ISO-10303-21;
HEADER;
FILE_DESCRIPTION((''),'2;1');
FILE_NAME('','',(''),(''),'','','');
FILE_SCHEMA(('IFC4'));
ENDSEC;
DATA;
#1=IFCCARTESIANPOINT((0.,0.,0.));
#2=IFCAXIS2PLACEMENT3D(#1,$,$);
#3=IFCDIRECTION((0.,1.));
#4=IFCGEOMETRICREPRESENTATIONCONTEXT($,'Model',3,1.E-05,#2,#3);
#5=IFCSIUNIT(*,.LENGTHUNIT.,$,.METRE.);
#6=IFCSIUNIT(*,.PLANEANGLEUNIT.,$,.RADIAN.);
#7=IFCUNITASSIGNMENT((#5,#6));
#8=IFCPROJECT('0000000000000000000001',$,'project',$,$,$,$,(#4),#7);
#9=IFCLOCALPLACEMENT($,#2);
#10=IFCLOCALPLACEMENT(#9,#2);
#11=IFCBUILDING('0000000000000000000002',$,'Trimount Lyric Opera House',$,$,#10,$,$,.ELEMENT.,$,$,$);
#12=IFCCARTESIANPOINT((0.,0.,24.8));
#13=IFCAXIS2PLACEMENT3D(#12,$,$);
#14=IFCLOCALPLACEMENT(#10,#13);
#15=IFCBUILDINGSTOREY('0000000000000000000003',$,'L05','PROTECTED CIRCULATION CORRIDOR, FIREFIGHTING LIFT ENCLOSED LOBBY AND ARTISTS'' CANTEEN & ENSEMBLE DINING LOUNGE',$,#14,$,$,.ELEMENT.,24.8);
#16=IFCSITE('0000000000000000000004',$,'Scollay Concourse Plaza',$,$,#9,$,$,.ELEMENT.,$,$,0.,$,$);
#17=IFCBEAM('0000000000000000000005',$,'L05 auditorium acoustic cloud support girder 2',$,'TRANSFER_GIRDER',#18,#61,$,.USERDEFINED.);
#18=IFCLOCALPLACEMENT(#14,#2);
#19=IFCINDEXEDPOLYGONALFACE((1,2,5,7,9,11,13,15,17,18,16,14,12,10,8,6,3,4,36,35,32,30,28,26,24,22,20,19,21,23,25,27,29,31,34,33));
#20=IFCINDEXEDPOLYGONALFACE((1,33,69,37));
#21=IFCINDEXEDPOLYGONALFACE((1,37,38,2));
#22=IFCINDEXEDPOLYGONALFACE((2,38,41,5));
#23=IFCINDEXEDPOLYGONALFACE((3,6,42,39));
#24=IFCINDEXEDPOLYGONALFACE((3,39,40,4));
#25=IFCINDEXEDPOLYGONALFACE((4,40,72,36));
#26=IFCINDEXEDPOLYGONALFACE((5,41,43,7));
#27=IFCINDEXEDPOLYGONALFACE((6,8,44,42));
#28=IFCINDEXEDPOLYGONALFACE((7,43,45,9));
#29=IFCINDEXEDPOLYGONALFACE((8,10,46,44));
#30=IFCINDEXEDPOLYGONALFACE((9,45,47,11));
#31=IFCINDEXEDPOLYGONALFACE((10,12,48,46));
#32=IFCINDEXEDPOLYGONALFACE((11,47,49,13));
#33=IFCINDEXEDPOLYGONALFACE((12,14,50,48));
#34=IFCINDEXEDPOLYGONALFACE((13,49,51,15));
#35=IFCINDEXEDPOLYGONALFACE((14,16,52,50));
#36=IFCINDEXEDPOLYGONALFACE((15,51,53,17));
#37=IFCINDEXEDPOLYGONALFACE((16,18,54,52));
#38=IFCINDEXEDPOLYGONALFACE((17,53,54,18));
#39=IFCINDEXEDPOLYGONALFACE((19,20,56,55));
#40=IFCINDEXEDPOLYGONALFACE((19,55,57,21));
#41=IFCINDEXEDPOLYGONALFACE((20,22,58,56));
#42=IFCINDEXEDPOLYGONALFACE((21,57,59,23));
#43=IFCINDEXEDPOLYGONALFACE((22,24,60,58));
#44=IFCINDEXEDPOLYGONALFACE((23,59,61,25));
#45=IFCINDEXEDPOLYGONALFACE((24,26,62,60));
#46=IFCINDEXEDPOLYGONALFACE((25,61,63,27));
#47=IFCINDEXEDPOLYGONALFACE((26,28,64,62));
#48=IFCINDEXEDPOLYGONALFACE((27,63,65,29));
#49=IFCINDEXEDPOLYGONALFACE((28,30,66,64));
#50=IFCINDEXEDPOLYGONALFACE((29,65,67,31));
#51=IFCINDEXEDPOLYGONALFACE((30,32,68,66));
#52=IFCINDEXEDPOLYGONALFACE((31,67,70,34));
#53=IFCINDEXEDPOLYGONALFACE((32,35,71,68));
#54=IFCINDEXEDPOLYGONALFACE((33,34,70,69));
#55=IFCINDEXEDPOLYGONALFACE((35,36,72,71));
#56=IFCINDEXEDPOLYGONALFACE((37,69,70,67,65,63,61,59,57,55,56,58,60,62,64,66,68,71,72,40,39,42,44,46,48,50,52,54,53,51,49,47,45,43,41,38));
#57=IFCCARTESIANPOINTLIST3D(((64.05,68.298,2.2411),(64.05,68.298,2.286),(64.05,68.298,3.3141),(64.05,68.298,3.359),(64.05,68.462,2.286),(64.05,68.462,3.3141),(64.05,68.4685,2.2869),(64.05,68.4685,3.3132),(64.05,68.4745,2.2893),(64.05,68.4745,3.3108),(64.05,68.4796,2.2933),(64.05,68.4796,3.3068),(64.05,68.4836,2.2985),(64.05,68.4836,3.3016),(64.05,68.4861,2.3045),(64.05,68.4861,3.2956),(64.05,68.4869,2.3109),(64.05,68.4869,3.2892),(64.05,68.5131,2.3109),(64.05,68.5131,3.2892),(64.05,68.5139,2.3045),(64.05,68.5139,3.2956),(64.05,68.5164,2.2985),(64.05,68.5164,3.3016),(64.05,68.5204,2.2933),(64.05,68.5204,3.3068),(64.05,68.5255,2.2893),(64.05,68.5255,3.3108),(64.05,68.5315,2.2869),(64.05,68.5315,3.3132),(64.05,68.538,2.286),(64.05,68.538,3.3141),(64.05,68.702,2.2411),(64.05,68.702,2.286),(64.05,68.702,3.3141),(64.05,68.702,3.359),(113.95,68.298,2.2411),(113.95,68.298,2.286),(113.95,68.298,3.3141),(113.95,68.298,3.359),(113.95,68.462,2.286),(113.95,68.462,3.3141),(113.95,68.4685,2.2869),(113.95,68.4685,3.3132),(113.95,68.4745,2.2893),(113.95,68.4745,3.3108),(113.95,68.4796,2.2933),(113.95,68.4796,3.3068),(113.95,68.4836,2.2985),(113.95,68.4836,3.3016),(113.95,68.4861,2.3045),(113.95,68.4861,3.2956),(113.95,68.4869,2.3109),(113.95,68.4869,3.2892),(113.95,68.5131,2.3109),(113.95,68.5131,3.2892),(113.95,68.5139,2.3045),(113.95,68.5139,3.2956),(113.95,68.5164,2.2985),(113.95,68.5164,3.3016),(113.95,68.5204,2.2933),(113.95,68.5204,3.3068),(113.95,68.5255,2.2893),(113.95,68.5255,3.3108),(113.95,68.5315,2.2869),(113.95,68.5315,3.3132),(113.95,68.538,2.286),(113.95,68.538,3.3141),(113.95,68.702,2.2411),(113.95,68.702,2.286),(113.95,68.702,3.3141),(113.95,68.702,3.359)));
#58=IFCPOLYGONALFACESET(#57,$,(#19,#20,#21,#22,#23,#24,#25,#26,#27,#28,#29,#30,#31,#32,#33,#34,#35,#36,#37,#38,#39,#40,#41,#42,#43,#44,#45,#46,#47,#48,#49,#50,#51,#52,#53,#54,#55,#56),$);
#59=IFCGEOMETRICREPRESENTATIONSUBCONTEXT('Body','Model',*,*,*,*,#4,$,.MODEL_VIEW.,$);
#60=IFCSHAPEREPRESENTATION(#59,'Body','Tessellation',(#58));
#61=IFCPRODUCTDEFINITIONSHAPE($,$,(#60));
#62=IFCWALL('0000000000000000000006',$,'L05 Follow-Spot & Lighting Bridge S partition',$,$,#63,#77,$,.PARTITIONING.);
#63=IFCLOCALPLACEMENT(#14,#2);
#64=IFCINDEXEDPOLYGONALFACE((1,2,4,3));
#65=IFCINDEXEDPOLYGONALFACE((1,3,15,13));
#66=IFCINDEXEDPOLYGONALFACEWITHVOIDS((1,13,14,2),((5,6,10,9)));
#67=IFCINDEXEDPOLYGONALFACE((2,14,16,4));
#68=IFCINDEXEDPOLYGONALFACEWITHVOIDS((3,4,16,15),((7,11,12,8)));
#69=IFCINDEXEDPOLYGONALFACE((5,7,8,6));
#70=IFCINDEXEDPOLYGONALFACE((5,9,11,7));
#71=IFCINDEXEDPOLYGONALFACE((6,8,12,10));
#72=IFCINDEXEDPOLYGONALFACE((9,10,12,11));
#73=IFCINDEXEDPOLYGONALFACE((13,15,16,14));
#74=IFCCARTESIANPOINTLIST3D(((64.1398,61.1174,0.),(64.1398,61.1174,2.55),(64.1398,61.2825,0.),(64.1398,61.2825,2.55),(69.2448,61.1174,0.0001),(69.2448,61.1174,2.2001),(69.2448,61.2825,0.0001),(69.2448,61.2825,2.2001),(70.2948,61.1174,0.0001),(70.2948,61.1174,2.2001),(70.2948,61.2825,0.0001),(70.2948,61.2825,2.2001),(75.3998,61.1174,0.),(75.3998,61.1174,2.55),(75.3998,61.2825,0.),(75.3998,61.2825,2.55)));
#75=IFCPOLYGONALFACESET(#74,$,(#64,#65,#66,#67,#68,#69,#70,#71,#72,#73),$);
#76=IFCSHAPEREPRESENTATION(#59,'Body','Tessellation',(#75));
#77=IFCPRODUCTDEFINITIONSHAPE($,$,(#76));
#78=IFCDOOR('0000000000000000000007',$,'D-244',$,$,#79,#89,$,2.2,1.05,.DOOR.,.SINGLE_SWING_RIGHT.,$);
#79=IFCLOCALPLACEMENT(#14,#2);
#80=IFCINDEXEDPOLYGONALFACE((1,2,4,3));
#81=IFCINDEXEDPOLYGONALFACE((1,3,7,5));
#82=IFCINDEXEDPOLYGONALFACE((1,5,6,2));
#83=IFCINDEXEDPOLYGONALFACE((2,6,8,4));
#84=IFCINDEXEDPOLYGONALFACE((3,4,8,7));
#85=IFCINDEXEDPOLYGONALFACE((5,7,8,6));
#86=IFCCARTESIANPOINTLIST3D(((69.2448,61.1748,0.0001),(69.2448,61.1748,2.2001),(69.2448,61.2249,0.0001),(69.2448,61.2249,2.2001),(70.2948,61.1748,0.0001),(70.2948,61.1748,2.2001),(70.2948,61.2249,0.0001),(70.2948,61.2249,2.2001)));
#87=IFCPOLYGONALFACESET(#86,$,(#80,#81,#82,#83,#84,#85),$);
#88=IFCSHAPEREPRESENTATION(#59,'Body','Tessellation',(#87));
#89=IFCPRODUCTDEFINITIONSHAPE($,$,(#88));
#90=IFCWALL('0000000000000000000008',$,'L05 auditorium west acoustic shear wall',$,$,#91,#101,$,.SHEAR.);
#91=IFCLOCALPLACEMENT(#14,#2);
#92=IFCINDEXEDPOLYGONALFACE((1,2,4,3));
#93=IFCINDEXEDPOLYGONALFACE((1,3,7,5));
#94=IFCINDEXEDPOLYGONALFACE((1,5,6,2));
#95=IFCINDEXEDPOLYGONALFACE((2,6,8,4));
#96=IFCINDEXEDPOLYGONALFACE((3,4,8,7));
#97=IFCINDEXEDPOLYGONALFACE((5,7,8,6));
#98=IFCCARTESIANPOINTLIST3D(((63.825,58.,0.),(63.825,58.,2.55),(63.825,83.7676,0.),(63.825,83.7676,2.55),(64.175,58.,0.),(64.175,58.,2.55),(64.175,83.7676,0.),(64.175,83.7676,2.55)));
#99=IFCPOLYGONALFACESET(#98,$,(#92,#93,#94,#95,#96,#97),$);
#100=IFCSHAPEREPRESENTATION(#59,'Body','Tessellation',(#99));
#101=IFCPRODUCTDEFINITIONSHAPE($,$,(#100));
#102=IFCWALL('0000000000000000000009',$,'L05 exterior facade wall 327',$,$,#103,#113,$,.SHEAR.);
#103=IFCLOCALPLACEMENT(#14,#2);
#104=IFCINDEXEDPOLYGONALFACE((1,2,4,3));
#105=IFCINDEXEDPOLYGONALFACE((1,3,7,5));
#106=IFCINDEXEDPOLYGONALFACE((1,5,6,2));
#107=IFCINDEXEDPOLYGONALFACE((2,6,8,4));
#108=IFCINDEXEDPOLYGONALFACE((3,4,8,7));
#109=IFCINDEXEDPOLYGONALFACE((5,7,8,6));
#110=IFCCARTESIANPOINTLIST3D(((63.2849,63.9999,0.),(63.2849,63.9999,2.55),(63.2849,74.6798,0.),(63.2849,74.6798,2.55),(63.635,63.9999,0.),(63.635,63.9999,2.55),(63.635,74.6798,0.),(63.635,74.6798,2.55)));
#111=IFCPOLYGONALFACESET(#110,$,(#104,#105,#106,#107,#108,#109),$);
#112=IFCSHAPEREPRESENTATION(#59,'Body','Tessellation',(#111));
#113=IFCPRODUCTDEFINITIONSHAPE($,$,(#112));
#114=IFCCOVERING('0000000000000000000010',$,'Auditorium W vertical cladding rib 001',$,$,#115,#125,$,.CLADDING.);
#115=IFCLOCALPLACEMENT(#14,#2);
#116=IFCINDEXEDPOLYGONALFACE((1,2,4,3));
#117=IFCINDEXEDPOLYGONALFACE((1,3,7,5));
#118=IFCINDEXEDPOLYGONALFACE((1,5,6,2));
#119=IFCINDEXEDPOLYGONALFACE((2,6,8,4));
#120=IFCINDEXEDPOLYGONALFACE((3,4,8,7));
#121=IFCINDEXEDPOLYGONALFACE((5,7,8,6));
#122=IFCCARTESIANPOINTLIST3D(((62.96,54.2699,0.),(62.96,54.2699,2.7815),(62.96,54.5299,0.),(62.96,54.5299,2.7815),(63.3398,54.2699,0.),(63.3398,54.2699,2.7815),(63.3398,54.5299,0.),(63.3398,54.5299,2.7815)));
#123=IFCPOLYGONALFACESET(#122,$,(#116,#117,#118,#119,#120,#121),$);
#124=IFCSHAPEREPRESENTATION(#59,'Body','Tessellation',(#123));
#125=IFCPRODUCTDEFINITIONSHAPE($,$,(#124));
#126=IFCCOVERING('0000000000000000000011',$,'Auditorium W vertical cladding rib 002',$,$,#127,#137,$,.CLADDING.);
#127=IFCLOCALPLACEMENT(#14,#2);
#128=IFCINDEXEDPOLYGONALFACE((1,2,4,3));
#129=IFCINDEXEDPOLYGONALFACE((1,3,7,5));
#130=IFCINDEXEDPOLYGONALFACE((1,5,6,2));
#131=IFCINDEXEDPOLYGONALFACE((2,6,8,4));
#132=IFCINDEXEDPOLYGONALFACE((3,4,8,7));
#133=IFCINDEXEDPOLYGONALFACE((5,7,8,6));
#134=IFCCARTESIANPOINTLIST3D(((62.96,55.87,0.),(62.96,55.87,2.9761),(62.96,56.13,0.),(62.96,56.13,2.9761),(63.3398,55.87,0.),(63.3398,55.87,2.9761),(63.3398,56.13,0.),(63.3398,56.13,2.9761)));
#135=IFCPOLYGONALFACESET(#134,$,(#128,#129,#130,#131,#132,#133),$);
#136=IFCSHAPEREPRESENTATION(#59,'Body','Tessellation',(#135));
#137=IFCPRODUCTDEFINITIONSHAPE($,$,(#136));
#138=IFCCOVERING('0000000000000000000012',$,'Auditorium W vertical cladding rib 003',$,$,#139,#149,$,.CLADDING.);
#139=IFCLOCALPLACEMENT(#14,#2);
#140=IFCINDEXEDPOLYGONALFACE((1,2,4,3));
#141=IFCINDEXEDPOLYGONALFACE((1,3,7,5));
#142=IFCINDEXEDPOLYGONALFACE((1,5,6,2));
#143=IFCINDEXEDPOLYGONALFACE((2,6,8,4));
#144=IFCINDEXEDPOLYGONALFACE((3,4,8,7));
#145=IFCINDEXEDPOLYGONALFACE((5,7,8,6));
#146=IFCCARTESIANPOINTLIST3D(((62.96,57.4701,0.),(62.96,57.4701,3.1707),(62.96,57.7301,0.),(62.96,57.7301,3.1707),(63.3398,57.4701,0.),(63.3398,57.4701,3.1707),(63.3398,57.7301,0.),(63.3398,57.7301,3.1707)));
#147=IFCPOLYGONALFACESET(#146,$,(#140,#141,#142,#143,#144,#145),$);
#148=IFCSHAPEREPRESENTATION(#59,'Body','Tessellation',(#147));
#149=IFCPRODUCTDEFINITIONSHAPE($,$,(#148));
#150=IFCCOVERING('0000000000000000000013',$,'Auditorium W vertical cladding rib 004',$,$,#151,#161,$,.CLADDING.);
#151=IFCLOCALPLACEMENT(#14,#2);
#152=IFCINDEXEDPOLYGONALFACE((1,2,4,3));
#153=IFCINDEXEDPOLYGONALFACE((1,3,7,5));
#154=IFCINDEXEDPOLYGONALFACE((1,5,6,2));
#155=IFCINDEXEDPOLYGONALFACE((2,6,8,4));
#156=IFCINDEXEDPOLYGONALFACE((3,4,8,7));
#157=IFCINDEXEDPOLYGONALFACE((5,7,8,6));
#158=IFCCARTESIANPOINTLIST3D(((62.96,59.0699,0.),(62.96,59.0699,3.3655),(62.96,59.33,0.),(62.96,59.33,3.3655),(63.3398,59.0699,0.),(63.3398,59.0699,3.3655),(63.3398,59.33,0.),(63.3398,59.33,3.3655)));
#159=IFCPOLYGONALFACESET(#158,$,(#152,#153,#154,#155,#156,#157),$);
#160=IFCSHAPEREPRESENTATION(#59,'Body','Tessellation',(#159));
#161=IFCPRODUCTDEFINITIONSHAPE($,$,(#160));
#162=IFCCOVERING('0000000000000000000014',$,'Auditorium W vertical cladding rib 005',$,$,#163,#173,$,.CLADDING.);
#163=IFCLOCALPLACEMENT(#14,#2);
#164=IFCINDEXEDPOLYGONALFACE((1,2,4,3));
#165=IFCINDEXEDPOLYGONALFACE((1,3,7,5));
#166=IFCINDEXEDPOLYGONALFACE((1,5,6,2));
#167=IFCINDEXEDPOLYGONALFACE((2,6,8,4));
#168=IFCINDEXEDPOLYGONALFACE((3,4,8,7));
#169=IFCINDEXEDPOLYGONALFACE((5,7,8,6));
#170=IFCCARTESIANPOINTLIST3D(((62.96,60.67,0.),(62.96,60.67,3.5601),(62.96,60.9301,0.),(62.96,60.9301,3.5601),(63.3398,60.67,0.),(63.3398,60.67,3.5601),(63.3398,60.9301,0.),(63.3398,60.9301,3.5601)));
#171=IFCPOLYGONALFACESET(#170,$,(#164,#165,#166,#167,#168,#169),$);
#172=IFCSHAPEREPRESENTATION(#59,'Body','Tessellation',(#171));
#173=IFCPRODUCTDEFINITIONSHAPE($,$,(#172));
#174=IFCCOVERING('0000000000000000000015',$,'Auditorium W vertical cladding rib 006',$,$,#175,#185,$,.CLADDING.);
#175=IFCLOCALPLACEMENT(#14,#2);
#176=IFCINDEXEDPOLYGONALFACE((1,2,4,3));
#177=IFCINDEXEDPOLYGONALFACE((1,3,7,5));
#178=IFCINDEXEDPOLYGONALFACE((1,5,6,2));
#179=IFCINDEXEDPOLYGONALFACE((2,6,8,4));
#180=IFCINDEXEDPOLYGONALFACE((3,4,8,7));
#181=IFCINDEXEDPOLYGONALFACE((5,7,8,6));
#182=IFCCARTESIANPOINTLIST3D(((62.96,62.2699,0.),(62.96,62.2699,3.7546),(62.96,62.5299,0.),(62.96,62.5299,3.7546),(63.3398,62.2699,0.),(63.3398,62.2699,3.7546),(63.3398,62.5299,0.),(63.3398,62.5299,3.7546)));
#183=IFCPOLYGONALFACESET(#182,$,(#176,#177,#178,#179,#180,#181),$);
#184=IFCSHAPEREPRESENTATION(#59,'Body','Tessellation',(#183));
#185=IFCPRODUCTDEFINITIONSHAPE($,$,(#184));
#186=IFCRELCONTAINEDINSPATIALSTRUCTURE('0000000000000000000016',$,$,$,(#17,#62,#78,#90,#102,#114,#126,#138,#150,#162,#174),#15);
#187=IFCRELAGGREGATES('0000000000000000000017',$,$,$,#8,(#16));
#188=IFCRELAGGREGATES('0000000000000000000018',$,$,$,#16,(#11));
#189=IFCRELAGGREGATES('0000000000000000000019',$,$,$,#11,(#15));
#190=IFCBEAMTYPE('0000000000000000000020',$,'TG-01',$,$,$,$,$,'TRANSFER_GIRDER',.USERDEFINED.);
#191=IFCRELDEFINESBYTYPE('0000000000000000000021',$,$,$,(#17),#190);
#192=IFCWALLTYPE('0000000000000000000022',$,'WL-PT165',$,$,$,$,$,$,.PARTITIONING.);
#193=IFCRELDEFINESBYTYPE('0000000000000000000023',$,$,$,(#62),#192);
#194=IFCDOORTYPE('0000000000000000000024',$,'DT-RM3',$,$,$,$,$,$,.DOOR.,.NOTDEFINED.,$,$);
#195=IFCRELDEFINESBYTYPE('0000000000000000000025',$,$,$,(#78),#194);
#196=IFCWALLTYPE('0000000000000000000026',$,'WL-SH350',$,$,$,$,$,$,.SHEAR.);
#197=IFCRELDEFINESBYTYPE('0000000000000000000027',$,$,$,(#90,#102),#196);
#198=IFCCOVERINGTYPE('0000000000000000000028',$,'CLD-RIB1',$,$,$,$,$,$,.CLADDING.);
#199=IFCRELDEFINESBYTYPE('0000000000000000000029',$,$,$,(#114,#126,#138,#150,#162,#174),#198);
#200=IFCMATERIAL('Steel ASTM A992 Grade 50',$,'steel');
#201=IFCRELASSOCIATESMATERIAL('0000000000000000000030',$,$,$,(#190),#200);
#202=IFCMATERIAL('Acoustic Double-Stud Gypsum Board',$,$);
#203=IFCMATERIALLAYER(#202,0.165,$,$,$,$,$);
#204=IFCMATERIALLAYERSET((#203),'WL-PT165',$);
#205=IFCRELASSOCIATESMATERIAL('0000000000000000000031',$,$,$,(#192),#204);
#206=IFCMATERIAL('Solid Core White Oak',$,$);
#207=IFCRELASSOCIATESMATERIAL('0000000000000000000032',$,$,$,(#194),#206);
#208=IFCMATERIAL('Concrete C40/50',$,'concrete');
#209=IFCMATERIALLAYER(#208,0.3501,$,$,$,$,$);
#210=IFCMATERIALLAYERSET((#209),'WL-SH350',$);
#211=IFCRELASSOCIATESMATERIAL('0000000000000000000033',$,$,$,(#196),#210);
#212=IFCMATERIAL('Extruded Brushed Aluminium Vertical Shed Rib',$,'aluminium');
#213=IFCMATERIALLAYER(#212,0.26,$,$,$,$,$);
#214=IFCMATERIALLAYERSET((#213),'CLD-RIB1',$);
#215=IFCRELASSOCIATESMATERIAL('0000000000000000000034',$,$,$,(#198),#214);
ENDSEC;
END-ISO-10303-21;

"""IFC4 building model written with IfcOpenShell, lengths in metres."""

from ifc_helpers import new_model, si_unit, direction, frame, frame_2d, origin, origin_2d, place, context, subcontext, project, spatial, rectangle, i_section, extrude, material, layer, layer_set, material_profile, profile_set, type_object, element, fill, save


model = new_model("IFC4")

# Units and contexts
model_context = context("Model", 3, precision=1e-05, world=origin(), true_north=direction((0.0, 1.0)))
body_context = subcontext(model_context, "Body", "Model", "MODEL_VIEW")
ifc_project = project(units=[si_unit("LENGTHUNIT", "METRE"), si_unit("PLANEANGLEUNIT", "RADIAN")], contexts=[model_context])

# Site, building, storey
site_placement = place(None, origin())
site = spatial("IfcSite", under=ifc_project, at=site_placement, Name="Scollay Concourse Plaza", CompositionType="ELEMENT", RefElevation=0.0)
building_placement = place(site_placement, origin())
building = spatial("IfcBuilding", under=site, at=building_placement, Name="Trimount Lyric Opera House", CompositionType="ELEMENT")
storey_placement = place(building_placement, frame((0.0, 0.0, 24.8)))
storey = spatial("IfcBuildingStorey", under=building, at=storey_placement, Name="L05", Description="PROTECTED CIRCULATION CORRIDOR, FIREFIGHTING LIFT ENCLOSED LOBBY AND ARTISTS' CANTEEN & ENSEMBLE DINING LOUNGE", CompositionType="ELEMENT", Elevation=24.8)

# Beam
ifc_material_1 = material(Name="Steel ASTM A992 Grade 50", Category="steel")
ifc_material_profile_1 = material_profile(ifc_material_1, i_section(OverallWidth=0.4041, OverallDepth=1.1179, WebThickness=0.0261, FlangeThickness=0.0449, FilletRadius=0.0249, at=origin_2d()), Name="W44X335")
ifc_profile_set_1 = profile_set([ifc_material_profile_1], Name="Steel ASTM A992 Grade 50")
beam_type_1 = type_object("IfcBeamType", Name="TG-01", ElementType="TRANSFER_GIRDER", PredefinedType="USERDEFINED", material=ifc_profile_set_1)
for number, where, z_axis, x_axis, name in (
    (1, (64.05, 68.5, 2.8), (1.0, 0.0, 0.0), (0.0, 1.0, 0.0), "L05 auditorium acoustic cloud support girder 2"),
):
    element("IfcBeam", number, at=place(storey_placement, frame(where, z_axis=z_axis, x_axis=x_axis)), inside=storey, type_object=beam_type_1, Name=name, ObjectType="TRANSFER_GIRDER", PredefinedType="USERDEFINED", context=body_context, shape_type="SweptSolid", body=[
        extrude(i_section(OverallWidth=0.4041, OverallDepth=1.1179, WebThickness=0.0261, FlangeThickness=0.0449, FilletRadius=0.0249, at=origin_2d()), origin(), (0.0, 0.0, 1.0), 49.8999),
    ])

# Wall, opening, door
ifc_material_2 = material(Name="Acoustic Double-Stud Gypsum Board")
ifc_layer_1 = layer(ifc_material_2, 0.165)
ifc_layer_set_1 = layer_set([ifc_layer_1], Name="WL-PT165")
wall_type_1 = type_object("IfcWallType", Name="WL-PT165", PredefinedType="PARTITIONING", material=ifc_layer_set_1)
wall_1_placement = place(storey_placement, frame((64.1399, 61.2, 0.0), z_axis=(0.0, 0.0, 1.0), x_axis=(1.0, 0.0, 0.0)))
wall_1 = element("IfcWall", 2, at=wall_1_placement, inside=storey, type_object=wall_type_1, Name="L05 Follow-Spot & Lighting Bridge S partition", PredefinedType="PARTITIONING", context=body_context, shape_type="SweptSolid", body=[
    extrude(rectangle(XDim=11.26, YDim=0.165, at=frame_2d((5.6299, 0.0))), origin(), (0.0, 0.0, 1.0), 2.55),
])
opening_placement = place(wall_1_placement, frame((5.105, 0.0, 0.0)))
opening = element("IfcOpeningElement", 3, at=opening_placement, cuts=wall_1, PredefinedType="OPENING", context=body_context, shape_type="SweptSolid", body=[
    extrude(rectangle(XDim=1.05, YDim=2.2, at=frame_2d((0.5249, 1.1001))), frame((0.0, 0.0925, 0.0), z_axis=(0.0, -1.0, 0.0), x_axis=(1.0, 0.0, 0.0)), (0.0, 0.0, 1.0), 0.1851),
])
ifc_material_3 = material(Name="Solid Core White Oak")
door_type = type_object("IfcDoorType", Name="DT-RM3", OperationType="NOTDEFINED", PredefinedType="DOOR", material=ifc_material_3)
door_placement = place(opening_placement, origin())
door = element("IfcDoor", 4, at=door_placement, inside=storey, type_object=door_type, Name="D-244", OperationType="SINGLE_SWING_RIGHT", OverallHeight=2.2, OverallWidth=1.05, PredefinedType="DOOR", context=body_context, shape_type="SweptSolid", body=[
    extrude(rectangle(XDim=1.05, YDim=2.2, at=frame_2d((0.5249, 1.1001))), frame((0.0, 0.0249, 0.0), z_axis=(0.0, -1.0, 0.0), x_axis=(1.0, 0.0, 0.0)), (0.0, 0.0, 1.0), 0.05),
])
fill(opening, door)

# Walls
ifc_material_4 = material(Name="Concrete C40/50", Category="concrete")
ifc_layer_2 = layer(ifc_material_4, 0.3501)
ifc_layer_set_2 = layer_set([ifc_layer_2], Name="WL-SH350")
wall_type_2 = type_object("IfcWallType", Name="WL-SH350", PredefinedType="SHEAR", material=ifc_layer_set_2)
wall_2_placement = place(storey_placement, frame((64.0, 58.0, 0.0), z_axis=(0.0, 0.0, 1.0), x_axis=(0.0, 1.0, 0.0)))
element("IfcWall", 5, at=wall_2_placement, inside=storey, type_object=wall_type_2, Name="L05 auditorium west acoustic shear wall", PredefinedType="SHEAR", context=body_context, shape_type="SweptSolid", body=[
    extrude(rectangle(XDim=25.7676, YDim=0.3501, at=frame_2d((12.8838, 0.0))), origin(), (0.0, 0.0, 1.0), 2.55),
])
wall_3_placement = place(storey_placement, frame((63.46, 64.0, 0.0), z_axis=(0.0, 0.0, 1.0), x_axis=(0.0, 1.0, 0.0)))
element("IfcWall", 6, at=wall_3_placement, inside=storey, type_object=wall_type_2, Name="L05 exterior facade wall 327", PredefinedType="SHEAR", context=body_context, shape_type="SweptSolid", body=[
    extrude(rectangle(XDim=10.6799, YDim=0.3501, at=frame_2d((5.3398, 0.0))), origin(), (0.0, 0.0, 1.0), 2.55),
])

# Coverings
ifc_material_5 = material(Name="Extruded Brushed Aluminium Vertical Shed Rib", Category="aluminium")
ifc_layer_3 = layer(ifc_material_5, 0.26)
ifc_layer_set_3 = layer_set([ifc_layer_3], Name="CLD-RIB1")
covering_type = type_object("IfcCoveringType", Name="CLD-RIB1", PredefinedType="CLADDING", material=ifc_layer_set_3)
covering_1_placement = place(storey_placement, frame((63.1499, 54.3999, 0.0), z_axis=(0.0, 0.0, 1.0), x_axis=(1.0, 0.0, 0.0)))
element("IfcCovering", 7, at=covering_1_placement, inside=storey, type_object=covering_type, Name="Auditorium W vertical cladding rib 001", PredefinedType="CLADDING", context=body_context, shape_type="SweptSolid", body=[
    extrude(rectangle(XDim=0.3799, YDim=0.26, at=origin_2d()), origin(), (0.0, 0.0, 1.0), 2.7815),
])
covering_2_placement = place(storey_placement, frame((63.1499, 56.0, 0.0), z_axis=(0.0, 0.0, 1.0), x_axis=(1.0, 0.0, 0.0)))
element("IfcCovering", 8, at=covering_2_placement, inside=storey, type_object=covering_type, Name="Auditorium W vertical cladding rib 002", PredefinedType="CLADDING", context=body_context, shape_type="SweptSolid", body=[
    extrude(rectangle(XDim=0.3799, YDim=0.26, at=origin_2d()), origin(), (0.0, 0.0, 1.0), 2.9761),
])
covering_3_placement = place(storey_placement, frame((63.1499, 57.6001, 0.0), z_axis=(0.0, 0.0, 1.0), x_axis=(1.0, 0.0, 0.0)))
element("IfcCovering", 9, at=covering_3_placement, inside=storey, type_object=covering_type, Name="Auditorium W vertical cladding rib 003", PredefinedType="CLADDING", context=body_context, shape_type="SweptSolid", body=[
    extrude(rectangle(XDim=0.3799, YDim=0.26, at=origin_2d()), origin(), (0.0, 0.0, 1.0), 3.1707),
])
covering_4_placement = place(storey_placement, frame((63.1499, 59.2, 0.0), z_axis=(0.0, 0.0, 1.0), x_axis=(1.0, 0.0, 0.0)))
element("IfcCovering", 10, at=covering_4_placement, inside=storey, type_object=covering_type, Name="Auditorium W vertical cladding rib 004", PredefinedType="CLADDING", context=body_context, shape_type="SweptSolid", body=[
    extrude(rectangle(XDim=0.3799, YDim=0.26, at=origin_2d()), origin(), (0.0, 0.0, 1.0), 3.3655),
])
covering_5_placement = place(storey_placement, frame((63.1499, 60.8, 0.0), z_axis=(0.0, 0.0, 1.0), x_axis=(1.0, 0.0, 0.0)))
element("IfcCovering", 11, at=covering_5_placement, inside=storey, type_object=covering_type, Name="Auditorium W vertical cladding rib 005", PredefinedType="CLADDING", context=body_context, shape_type="SweptSolid", body=[
    extrude(rectangle(XDim=0.3799, YDim=0.26, at=origin_2d()), origin(), (0.0, 0.0, 1.0), 3.5601),
])
covering_6_placement = place(storey_placement, frame((63.1499, 62.3999, 0.0), z_axis=(0.0, 0.0, 1.0), x_axis=(1.0, 0.0, 0.0)))
element("IfcCovering", 12, at=covering_6_placement, inside=storey, type_object=covering_type, Name="Auditorium W vertical cladding rib 006", PredefinedType="CLADDING", context=body_context, shape_type="SweptSolid", body=[
    extrude(rectangle(XDim=0.3799, YDim=0.26, at=origin_2d()), origin(), (0.0, 0.0, 1.0), 3.7546),
])

save(model, "model.ifc")
